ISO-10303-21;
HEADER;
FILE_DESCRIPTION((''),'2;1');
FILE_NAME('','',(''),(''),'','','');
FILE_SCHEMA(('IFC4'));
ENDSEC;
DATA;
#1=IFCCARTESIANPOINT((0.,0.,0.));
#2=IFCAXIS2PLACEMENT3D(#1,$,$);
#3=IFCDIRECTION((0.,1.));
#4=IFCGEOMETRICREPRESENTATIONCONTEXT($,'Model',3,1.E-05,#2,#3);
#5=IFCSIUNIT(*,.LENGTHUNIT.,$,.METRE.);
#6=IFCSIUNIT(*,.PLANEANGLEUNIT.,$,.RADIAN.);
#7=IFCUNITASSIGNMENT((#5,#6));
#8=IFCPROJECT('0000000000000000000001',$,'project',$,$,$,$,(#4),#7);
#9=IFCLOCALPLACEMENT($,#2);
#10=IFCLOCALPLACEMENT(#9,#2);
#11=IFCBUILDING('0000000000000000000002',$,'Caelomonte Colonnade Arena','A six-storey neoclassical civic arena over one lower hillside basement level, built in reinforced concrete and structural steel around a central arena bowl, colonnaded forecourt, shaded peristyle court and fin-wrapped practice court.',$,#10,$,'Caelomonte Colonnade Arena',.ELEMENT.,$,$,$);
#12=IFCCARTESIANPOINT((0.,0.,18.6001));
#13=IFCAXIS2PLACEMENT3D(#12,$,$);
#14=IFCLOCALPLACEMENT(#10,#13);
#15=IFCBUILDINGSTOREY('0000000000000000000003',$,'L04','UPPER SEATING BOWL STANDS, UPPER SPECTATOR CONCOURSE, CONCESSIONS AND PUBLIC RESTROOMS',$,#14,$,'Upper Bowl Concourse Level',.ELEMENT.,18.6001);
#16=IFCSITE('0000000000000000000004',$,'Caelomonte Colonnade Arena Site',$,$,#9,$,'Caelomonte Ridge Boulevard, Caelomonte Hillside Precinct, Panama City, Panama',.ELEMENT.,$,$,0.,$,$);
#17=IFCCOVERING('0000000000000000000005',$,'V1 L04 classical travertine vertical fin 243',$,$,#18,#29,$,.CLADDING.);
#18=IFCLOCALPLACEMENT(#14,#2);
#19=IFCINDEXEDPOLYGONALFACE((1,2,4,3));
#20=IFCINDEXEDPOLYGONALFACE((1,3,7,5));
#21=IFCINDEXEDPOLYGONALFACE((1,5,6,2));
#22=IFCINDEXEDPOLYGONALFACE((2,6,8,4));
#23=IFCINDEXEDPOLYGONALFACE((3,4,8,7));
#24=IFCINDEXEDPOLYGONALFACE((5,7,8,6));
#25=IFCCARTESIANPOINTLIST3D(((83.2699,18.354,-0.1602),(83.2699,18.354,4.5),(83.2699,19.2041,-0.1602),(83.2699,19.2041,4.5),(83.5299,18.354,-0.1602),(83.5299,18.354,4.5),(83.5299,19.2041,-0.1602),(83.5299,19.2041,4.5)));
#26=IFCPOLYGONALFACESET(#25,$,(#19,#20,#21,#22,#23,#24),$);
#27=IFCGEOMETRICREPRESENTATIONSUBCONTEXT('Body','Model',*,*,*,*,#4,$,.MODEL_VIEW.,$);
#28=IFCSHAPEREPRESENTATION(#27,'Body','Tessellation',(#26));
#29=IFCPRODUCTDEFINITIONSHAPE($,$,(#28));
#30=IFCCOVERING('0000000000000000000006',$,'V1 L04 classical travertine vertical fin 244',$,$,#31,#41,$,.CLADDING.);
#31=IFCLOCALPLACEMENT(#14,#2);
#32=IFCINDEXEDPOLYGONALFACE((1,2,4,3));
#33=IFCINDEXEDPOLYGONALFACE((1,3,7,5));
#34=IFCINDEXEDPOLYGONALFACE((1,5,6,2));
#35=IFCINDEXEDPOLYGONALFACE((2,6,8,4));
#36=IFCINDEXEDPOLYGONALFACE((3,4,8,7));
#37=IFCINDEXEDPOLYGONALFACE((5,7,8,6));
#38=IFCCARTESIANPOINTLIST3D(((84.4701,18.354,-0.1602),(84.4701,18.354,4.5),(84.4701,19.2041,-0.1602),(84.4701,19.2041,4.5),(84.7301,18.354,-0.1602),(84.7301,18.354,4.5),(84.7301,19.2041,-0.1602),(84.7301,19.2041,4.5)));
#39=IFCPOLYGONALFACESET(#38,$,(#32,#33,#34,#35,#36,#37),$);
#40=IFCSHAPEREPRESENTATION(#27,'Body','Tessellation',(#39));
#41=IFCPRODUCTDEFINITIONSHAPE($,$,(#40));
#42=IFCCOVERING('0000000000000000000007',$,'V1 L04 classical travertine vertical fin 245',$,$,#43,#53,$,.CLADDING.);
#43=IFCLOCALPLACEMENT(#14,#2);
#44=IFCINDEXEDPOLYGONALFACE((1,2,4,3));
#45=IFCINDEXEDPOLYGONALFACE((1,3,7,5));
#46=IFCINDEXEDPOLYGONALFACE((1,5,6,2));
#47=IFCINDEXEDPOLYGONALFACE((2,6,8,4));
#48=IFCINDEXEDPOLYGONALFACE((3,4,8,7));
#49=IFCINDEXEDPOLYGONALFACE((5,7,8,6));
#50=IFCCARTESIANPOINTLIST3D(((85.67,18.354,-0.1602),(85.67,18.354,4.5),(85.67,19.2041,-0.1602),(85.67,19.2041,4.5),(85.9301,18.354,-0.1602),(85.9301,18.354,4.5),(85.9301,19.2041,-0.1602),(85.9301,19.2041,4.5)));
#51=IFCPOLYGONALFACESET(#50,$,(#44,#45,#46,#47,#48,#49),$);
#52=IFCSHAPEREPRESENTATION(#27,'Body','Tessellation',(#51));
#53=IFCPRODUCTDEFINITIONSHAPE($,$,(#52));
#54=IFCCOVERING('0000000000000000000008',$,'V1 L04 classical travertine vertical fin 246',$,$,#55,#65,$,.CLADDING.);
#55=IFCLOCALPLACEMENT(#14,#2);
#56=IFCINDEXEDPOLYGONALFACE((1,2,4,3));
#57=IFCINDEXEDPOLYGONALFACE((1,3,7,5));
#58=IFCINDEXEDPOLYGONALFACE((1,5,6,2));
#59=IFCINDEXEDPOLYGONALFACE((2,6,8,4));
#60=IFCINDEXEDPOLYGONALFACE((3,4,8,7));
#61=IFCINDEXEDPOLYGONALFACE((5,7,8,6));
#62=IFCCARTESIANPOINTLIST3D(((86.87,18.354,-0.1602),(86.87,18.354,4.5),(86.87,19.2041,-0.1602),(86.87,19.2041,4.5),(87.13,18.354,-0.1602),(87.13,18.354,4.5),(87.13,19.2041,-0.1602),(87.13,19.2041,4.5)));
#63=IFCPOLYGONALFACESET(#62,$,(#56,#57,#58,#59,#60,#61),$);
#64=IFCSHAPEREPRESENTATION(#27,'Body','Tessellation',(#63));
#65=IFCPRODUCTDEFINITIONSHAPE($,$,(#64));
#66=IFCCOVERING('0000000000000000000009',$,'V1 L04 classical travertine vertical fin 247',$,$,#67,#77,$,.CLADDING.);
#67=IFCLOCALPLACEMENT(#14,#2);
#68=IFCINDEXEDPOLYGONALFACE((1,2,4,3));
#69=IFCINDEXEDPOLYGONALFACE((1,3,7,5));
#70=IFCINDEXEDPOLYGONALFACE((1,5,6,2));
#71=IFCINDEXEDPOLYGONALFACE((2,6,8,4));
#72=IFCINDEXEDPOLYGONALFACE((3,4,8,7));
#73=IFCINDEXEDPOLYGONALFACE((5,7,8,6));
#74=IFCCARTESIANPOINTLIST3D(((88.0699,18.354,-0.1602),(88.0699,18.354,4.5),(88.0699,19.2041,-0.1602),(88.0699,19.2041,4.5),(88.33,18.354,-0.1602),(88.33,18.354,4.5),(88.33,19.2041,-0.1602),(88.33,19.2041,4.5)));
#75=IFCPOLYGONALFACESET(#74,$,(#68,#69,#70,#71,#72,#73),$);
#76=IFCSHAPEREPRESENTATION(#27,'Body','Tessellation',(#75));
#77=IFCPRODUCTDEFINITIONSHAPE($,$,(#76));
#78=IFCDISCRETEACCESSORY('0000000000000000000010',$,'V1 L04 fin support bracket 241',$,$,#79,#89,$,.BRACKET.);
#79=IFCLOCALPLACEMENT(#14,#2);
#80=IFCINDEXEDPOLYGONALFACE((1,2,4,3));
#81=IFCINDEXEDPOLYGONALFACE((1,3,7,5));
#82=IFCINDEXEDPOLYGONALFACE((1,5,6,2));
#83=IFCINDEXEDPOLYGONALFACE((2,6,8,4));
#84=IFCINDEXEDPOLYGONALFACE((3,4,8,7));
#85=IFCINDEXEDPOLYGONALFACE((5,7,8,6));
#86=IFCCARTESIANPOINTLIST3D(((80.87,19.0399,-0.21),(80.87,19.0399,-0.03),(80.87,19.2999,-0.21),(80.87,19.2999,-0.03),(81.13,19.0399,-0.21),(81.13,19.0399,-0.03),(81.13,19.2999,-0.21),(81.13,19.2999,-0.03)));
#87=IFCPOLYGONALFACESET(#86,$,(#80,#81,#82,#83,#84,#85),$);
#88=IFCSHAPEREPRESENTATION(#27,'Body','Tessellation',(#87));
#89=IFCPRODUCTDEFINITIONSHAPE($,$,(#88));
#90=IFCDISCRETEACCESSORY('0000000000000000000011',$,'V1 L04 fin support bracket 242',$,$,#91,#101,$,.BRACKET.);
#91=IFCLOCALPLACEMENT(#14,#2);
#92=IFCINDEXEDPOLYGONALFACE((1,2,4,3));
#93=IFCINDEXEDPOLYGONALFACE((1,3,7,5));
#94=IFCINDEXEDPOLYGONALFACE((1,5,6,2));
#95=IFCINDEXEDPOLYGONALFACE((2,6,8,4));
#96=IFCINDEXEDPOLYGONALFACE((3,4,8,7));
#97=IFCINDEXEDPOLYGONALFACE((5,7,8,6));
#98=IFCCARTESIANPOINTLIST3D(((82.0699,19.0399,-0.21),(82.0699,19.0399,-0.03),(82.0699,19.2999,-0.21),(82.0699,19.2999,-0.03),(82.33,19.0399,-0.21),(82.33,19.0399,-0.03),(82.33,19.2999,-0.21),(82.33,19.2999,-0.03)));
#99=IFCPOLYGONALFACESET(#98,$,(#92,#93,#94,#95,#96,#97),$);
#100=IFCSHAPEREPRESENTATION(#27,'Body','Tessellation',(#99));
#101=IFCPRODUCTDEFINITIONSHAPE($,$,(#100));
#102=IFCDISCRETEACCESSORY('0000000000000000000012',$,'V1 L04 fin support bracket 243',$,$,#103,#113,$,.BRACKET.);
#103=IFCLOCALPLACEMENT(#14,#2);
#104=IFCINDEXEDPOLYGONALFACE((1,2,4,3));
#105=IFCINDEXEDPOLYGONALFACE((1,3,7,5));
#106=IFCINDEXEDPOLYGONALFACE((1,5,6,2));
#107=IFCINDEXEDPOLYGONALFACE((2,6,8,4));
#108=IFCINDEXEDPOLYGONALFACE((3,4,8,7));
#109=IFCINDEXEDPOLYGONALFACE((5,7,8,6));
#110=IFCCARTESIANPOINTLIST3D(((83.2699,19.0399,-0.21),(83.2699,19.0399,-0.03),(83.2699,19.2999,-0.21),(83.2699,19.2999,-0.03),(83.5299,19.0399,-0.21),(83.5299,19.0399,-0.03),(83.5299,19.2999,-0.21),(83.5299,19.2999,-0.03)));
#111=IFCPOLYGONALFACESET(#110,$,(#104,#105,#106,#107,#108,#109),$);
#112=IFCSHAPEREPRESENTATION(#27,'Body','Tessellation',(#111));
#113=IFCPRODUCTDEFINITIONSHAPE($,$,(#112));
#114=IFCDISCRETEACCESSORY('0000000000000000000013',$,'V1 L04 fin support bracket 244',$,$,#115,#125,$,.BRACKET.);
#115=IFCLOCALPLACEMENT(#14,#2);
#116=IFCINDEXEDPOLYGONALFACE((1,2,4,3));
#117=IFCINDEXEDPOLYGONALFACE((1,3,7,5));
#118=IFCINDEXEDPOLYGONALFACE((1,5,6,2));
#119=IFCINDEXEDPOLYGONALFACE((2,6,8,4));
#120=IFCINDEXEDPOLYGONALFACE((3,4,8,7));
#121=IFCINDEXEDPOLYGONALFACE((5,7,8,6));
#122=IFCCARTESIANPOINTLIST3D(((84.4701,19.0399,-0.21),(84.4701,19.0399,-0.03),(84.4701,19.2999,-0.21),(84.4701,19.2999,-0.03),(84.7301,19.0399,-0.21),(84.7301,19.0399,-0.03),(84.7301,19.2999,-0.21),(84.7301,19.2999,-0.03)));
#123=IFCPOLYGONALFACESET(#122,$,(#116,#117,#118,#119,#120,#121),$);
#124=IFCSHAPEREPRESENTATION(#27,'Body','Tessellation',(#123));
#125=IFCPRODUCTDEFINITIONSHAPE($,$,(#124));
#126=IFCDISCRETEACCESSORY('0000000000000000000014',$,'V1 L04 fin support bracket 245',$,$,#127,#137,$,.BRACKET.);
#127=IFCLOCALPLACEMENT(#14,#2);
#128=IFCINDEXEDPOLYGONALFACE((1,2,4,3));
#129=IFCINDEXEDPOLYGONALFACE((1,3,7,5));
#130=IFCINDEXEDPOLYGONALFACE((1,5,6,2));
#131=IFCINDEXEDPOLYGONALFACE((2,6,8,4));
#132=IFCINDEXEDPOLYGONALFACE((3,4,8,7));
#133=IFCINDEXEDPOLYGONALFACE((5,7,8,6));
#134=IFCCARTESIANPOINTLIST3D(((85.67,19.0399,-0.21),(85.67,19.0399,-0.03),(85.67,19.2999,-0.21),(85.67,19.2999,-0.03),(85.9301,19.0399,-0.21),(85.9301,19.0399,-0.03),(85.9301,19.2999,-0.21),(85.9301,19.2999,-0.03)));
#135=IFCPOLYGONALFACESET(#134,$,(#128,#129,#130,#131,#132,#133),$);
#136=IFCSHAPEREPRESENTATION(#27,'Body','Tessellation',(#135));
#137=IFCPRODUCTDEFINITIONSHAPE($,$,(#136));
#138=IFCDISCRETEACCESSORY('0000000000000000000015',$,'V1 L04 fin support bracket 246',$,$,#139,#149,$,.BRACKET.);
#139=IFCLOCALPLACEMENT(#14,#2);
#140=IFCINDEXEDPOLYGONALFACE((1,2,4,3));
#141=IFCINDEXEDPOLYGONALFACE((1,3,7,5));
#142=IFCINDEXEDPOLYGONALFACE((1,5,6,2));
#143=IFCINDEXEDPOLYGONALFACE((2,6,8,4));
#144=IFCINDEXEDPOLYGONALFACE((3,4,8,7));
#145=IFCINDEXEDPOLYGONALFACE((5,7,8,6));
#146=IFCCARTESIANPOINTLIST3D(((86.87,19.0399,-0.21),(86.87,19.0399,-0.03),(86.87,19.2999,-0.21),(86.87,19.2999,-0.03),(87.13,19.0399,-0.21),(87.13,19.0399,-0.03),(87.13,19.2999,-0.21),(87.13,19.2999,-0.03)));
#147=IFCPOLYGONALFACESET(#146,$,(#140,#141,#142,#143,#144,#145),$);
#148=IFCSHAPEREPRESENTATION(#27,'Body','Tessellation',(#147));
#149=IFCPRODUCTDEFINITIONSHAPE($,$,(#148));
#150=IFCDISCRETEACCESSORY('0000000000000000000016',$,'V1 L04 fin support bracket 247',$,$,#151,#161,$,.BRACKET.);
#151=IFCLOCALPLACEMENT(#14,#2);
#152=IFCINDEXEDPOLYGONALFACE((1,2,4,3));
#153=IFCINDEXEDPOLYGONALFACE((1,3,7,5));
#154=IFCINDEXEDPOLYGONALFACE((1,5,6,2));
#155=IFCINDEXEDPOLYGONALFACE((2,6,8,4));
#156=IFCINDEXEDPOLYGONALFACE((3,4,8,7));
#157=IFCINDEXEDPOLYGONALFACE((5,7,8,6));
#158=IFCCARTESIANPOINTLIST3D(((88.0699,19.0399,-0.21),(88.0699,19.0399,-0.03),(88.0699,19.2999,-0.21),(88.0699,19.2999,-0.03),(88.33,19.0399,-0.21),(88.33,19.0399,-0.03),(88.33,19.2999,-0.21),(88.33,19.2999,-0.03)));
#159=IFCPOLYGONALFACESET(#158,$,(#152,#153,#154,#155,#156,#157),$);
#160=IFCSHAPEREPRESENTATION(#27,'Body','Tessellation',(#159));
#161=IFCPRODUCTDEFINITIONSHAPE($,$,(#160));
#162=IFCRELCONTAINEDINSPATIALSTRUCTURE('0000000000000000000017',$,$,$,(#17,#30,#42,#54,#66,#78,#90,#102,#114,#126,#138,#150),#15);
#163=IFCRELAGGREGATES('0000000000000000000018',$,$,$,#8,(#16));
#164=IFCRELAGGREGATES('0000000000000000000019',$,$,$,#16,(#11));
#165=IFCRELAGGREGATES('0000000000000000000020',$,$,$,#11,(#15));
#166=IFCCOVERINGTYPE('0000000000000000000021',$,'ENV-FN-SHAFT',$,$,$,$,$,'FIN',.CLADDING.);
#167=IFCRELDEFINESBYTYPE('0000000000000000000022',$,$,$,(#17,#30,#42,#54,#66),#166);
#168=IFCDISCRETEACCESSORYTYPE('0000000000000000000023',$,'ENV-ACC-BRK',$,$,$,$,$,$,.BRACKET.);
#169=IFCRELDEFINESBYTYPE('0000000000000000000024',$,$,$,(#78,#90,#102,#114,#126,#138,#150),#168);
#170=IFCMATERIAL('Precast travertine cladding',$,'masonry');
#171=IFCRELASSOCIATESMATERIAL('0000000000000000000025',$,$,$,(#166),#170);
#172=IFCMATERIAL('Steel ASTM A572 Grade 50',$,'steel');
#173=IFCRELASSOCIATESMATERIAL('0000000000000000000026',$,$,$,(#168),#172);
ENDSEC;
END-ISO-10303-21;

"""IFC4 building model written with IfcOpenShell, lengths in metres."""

from ifc_helpers import new_model, si_unit, direction, frame, origin, origin_2d, place, context, subcontext, project, spatial, rectangle, extrude, material, material_profile, profile_set, type_object, element, save


model = new_model("IFC4")

# Units and contexts
model_context = context("Model", 3, precision=1e-05, world=origin(), true_north=direction((0.0, 1.0)))
body_context = subcontext(model_context, "Body", "Model", "MODEL_VIEW")
ifc_project = project(units=[si_unit("LENGTHUNIT", "METRE"), si_unit("PLANEANGLEUNIT", "RADIAN")], contexts=[model_context])

# Site, building, storey
site_placement = place(None, origin())
site = spatial("IfcSite", under=ifc_project, at=site_placement, Name="Caelomonte Colonnade Arena Site", LongName="Caelomonte Ridge Boulevard, Caelomonte Hillside Precinct, Panama City, Panama", CompositionType="ELEMENT", RefElevation=0.0)
building_placement = place(site_placement, origin())
building = spatial("IfcBuilding", under=site, at=building_placement, Name="Caelomonte Colonnade Arena", Description="A six-storey neoclassical civic arena over one lower hillside basement level, built in reinforced concrete and structural steel around a central arena bowl, colonnaded forecourt, shaded peristyle court and fin-wrapped practice court.", LongName="Caelomonte Colonnade Arena", CompositionType="ELEMENT")
storey_placement = place(building_placement, frame((0.0, 0.0, 18.6001)))
storey = spatial("IfcBuildingStorey", under=building, at=storey_placement, Name="L04", Description="UPPER SEATING BOWL STANDS, UPPER SPECTATOR CONCOURSE, CONCESSIONS AND PUBLIC RESTROOMS", LongName="Upper Bowl Concourse Level", CompositionType="ELEMENT", Elevation=18.6001)

# Coverings
ifc_material_1 = material(Name="Precast travertine cladding", Category="masonry")
ifc_material_profile_1 = material_profile(ifc_material_1, rectangle(XDim=0.26, YDim=0.8501, at=origin_2d()), Name="FIN260X850")
ifc_profile_set_1 = profile_set([ifc_material_profile_1], Name="Precast travertine cladding")
covering_type = type_object("IfcCoveringType", Name="ENV-FN-SHAFT", ElementType="FIN", PredefinedType="CLADDING", material=ifc_profile_set_1)
for number, where, z_axis, x_axis, name in (
    (1, (83.3999, 18.7791, -0.1602), (0.0, 0.0, 1.0), (-1.0, 0.0, 0.0), "V1 L04 classical travertine vertical fin 243"),
    (2, (84.6001, 18.7791, -0.1602), (0.0, 0.0, 1.0), (-1.0, 0.0, 0.0), "V1 L04 classical travertine vertical fin 244"),
    (3, (85.8, 18.7791, -0.1602), (0.0, 0.0, 1.0), (-1.0, 0.0, 0.0), "V1 L04 classical travertine vertical fin 245"),
    (4, (87.0, 18.7791, -0.1602), (0.0, 0.0, 1.0), (-1.0, 0.0, 0.0), "V1 L04 classical travertine vertical fin 246"),
    (5, (88.2, 18.7791, -0.1602), (0.0, 0.0, 1.0), (-1.0, 0.0, 0.0), "V1 L04 classical travertine vertical fin 247"),
):
    element("IfcCovering", number, at=place(storey_placement, frame(where, z_axis=z_axis, x_axis=x_axis)), inside=storey, type_object=covering_type, Name=name, PredefinedType="CLADDING", context=body_context, shape_type="SweptSolid", body=[
        extrude(rectangle(XDim=0.26, YDim=0.8501, at=origin_2d()), origin(), (0.0, 0.0, 1.0), 4.6602),
    ])

# Discrete accessories
ifc_material_2 = material(Name="Steel ASTM A572 Grade 50", Category="steel")
discrete_accessory_type = type_object("IfcDiscreteAccessoryType", Name="ENV-ACC-BRK", PredefinedType="BRACKET", material=ifc_material_2)
for number, where, z_axis, x_axis, name in (
    (6, (81.0, 19.1699, -0.21), (0.0, 0.0, 1.0), (1.0, 0.0, 0.0), "V1 L04 fin support bracket 241"),
    (7, (82.2, 19.1699, -0.21), (0.0, 0.0, 1.0), (1.0, 0.0, 0.0), "V1 L04 fin support bracket 242"),
    (8, (83.3999, 19.1699, -0.21), (0.0, 0.0, 1.0), (1.0, 0.0, 0.0), "V1 L04 fin support bracket 243"),
    (9, (84.6001, 19.1699, -0.21), (0.0, 0.0, 1.0), (1.0, 0.0, 0.0), "V1 L04 fin support bracket 244"),
    (10, (85.8, 19.1699, -0.21), (0.0, 0.0, 1.0), (1.0, 0.0, 0.0), "V1 L04 fin support bracket 245"),
    (11, (87.0, 19.1699, -0.21), (0.0, 0.0, 1.0), (1.0, 0.0, 0.0), "V1 L04 fin support bracket 246"),
    (12, (88.2, 19.1699, -0.21), (0.0, 0.0, 1.0), (1.0, 0.0, 0.0), "V1 L04 fin support bracket 247"),
):
    element("IfcDiscreteAccessory", number, at=place(storey_placement, frame(where, z_axis=z_axis, x_axis=x_axis)), inside=storey, type_object=discrete_accessory_type, Name=name, PredefinedType="BRACKET", context=body_context, shape_type="SweptSolid", body=[
        extrude(rectangle(XDim=0.26, YDim=0.26, at=origin_2d()), origin(), (0.0, 0.0, 1.0), 0.1799),
    ])

save(model, "model.ifc")
